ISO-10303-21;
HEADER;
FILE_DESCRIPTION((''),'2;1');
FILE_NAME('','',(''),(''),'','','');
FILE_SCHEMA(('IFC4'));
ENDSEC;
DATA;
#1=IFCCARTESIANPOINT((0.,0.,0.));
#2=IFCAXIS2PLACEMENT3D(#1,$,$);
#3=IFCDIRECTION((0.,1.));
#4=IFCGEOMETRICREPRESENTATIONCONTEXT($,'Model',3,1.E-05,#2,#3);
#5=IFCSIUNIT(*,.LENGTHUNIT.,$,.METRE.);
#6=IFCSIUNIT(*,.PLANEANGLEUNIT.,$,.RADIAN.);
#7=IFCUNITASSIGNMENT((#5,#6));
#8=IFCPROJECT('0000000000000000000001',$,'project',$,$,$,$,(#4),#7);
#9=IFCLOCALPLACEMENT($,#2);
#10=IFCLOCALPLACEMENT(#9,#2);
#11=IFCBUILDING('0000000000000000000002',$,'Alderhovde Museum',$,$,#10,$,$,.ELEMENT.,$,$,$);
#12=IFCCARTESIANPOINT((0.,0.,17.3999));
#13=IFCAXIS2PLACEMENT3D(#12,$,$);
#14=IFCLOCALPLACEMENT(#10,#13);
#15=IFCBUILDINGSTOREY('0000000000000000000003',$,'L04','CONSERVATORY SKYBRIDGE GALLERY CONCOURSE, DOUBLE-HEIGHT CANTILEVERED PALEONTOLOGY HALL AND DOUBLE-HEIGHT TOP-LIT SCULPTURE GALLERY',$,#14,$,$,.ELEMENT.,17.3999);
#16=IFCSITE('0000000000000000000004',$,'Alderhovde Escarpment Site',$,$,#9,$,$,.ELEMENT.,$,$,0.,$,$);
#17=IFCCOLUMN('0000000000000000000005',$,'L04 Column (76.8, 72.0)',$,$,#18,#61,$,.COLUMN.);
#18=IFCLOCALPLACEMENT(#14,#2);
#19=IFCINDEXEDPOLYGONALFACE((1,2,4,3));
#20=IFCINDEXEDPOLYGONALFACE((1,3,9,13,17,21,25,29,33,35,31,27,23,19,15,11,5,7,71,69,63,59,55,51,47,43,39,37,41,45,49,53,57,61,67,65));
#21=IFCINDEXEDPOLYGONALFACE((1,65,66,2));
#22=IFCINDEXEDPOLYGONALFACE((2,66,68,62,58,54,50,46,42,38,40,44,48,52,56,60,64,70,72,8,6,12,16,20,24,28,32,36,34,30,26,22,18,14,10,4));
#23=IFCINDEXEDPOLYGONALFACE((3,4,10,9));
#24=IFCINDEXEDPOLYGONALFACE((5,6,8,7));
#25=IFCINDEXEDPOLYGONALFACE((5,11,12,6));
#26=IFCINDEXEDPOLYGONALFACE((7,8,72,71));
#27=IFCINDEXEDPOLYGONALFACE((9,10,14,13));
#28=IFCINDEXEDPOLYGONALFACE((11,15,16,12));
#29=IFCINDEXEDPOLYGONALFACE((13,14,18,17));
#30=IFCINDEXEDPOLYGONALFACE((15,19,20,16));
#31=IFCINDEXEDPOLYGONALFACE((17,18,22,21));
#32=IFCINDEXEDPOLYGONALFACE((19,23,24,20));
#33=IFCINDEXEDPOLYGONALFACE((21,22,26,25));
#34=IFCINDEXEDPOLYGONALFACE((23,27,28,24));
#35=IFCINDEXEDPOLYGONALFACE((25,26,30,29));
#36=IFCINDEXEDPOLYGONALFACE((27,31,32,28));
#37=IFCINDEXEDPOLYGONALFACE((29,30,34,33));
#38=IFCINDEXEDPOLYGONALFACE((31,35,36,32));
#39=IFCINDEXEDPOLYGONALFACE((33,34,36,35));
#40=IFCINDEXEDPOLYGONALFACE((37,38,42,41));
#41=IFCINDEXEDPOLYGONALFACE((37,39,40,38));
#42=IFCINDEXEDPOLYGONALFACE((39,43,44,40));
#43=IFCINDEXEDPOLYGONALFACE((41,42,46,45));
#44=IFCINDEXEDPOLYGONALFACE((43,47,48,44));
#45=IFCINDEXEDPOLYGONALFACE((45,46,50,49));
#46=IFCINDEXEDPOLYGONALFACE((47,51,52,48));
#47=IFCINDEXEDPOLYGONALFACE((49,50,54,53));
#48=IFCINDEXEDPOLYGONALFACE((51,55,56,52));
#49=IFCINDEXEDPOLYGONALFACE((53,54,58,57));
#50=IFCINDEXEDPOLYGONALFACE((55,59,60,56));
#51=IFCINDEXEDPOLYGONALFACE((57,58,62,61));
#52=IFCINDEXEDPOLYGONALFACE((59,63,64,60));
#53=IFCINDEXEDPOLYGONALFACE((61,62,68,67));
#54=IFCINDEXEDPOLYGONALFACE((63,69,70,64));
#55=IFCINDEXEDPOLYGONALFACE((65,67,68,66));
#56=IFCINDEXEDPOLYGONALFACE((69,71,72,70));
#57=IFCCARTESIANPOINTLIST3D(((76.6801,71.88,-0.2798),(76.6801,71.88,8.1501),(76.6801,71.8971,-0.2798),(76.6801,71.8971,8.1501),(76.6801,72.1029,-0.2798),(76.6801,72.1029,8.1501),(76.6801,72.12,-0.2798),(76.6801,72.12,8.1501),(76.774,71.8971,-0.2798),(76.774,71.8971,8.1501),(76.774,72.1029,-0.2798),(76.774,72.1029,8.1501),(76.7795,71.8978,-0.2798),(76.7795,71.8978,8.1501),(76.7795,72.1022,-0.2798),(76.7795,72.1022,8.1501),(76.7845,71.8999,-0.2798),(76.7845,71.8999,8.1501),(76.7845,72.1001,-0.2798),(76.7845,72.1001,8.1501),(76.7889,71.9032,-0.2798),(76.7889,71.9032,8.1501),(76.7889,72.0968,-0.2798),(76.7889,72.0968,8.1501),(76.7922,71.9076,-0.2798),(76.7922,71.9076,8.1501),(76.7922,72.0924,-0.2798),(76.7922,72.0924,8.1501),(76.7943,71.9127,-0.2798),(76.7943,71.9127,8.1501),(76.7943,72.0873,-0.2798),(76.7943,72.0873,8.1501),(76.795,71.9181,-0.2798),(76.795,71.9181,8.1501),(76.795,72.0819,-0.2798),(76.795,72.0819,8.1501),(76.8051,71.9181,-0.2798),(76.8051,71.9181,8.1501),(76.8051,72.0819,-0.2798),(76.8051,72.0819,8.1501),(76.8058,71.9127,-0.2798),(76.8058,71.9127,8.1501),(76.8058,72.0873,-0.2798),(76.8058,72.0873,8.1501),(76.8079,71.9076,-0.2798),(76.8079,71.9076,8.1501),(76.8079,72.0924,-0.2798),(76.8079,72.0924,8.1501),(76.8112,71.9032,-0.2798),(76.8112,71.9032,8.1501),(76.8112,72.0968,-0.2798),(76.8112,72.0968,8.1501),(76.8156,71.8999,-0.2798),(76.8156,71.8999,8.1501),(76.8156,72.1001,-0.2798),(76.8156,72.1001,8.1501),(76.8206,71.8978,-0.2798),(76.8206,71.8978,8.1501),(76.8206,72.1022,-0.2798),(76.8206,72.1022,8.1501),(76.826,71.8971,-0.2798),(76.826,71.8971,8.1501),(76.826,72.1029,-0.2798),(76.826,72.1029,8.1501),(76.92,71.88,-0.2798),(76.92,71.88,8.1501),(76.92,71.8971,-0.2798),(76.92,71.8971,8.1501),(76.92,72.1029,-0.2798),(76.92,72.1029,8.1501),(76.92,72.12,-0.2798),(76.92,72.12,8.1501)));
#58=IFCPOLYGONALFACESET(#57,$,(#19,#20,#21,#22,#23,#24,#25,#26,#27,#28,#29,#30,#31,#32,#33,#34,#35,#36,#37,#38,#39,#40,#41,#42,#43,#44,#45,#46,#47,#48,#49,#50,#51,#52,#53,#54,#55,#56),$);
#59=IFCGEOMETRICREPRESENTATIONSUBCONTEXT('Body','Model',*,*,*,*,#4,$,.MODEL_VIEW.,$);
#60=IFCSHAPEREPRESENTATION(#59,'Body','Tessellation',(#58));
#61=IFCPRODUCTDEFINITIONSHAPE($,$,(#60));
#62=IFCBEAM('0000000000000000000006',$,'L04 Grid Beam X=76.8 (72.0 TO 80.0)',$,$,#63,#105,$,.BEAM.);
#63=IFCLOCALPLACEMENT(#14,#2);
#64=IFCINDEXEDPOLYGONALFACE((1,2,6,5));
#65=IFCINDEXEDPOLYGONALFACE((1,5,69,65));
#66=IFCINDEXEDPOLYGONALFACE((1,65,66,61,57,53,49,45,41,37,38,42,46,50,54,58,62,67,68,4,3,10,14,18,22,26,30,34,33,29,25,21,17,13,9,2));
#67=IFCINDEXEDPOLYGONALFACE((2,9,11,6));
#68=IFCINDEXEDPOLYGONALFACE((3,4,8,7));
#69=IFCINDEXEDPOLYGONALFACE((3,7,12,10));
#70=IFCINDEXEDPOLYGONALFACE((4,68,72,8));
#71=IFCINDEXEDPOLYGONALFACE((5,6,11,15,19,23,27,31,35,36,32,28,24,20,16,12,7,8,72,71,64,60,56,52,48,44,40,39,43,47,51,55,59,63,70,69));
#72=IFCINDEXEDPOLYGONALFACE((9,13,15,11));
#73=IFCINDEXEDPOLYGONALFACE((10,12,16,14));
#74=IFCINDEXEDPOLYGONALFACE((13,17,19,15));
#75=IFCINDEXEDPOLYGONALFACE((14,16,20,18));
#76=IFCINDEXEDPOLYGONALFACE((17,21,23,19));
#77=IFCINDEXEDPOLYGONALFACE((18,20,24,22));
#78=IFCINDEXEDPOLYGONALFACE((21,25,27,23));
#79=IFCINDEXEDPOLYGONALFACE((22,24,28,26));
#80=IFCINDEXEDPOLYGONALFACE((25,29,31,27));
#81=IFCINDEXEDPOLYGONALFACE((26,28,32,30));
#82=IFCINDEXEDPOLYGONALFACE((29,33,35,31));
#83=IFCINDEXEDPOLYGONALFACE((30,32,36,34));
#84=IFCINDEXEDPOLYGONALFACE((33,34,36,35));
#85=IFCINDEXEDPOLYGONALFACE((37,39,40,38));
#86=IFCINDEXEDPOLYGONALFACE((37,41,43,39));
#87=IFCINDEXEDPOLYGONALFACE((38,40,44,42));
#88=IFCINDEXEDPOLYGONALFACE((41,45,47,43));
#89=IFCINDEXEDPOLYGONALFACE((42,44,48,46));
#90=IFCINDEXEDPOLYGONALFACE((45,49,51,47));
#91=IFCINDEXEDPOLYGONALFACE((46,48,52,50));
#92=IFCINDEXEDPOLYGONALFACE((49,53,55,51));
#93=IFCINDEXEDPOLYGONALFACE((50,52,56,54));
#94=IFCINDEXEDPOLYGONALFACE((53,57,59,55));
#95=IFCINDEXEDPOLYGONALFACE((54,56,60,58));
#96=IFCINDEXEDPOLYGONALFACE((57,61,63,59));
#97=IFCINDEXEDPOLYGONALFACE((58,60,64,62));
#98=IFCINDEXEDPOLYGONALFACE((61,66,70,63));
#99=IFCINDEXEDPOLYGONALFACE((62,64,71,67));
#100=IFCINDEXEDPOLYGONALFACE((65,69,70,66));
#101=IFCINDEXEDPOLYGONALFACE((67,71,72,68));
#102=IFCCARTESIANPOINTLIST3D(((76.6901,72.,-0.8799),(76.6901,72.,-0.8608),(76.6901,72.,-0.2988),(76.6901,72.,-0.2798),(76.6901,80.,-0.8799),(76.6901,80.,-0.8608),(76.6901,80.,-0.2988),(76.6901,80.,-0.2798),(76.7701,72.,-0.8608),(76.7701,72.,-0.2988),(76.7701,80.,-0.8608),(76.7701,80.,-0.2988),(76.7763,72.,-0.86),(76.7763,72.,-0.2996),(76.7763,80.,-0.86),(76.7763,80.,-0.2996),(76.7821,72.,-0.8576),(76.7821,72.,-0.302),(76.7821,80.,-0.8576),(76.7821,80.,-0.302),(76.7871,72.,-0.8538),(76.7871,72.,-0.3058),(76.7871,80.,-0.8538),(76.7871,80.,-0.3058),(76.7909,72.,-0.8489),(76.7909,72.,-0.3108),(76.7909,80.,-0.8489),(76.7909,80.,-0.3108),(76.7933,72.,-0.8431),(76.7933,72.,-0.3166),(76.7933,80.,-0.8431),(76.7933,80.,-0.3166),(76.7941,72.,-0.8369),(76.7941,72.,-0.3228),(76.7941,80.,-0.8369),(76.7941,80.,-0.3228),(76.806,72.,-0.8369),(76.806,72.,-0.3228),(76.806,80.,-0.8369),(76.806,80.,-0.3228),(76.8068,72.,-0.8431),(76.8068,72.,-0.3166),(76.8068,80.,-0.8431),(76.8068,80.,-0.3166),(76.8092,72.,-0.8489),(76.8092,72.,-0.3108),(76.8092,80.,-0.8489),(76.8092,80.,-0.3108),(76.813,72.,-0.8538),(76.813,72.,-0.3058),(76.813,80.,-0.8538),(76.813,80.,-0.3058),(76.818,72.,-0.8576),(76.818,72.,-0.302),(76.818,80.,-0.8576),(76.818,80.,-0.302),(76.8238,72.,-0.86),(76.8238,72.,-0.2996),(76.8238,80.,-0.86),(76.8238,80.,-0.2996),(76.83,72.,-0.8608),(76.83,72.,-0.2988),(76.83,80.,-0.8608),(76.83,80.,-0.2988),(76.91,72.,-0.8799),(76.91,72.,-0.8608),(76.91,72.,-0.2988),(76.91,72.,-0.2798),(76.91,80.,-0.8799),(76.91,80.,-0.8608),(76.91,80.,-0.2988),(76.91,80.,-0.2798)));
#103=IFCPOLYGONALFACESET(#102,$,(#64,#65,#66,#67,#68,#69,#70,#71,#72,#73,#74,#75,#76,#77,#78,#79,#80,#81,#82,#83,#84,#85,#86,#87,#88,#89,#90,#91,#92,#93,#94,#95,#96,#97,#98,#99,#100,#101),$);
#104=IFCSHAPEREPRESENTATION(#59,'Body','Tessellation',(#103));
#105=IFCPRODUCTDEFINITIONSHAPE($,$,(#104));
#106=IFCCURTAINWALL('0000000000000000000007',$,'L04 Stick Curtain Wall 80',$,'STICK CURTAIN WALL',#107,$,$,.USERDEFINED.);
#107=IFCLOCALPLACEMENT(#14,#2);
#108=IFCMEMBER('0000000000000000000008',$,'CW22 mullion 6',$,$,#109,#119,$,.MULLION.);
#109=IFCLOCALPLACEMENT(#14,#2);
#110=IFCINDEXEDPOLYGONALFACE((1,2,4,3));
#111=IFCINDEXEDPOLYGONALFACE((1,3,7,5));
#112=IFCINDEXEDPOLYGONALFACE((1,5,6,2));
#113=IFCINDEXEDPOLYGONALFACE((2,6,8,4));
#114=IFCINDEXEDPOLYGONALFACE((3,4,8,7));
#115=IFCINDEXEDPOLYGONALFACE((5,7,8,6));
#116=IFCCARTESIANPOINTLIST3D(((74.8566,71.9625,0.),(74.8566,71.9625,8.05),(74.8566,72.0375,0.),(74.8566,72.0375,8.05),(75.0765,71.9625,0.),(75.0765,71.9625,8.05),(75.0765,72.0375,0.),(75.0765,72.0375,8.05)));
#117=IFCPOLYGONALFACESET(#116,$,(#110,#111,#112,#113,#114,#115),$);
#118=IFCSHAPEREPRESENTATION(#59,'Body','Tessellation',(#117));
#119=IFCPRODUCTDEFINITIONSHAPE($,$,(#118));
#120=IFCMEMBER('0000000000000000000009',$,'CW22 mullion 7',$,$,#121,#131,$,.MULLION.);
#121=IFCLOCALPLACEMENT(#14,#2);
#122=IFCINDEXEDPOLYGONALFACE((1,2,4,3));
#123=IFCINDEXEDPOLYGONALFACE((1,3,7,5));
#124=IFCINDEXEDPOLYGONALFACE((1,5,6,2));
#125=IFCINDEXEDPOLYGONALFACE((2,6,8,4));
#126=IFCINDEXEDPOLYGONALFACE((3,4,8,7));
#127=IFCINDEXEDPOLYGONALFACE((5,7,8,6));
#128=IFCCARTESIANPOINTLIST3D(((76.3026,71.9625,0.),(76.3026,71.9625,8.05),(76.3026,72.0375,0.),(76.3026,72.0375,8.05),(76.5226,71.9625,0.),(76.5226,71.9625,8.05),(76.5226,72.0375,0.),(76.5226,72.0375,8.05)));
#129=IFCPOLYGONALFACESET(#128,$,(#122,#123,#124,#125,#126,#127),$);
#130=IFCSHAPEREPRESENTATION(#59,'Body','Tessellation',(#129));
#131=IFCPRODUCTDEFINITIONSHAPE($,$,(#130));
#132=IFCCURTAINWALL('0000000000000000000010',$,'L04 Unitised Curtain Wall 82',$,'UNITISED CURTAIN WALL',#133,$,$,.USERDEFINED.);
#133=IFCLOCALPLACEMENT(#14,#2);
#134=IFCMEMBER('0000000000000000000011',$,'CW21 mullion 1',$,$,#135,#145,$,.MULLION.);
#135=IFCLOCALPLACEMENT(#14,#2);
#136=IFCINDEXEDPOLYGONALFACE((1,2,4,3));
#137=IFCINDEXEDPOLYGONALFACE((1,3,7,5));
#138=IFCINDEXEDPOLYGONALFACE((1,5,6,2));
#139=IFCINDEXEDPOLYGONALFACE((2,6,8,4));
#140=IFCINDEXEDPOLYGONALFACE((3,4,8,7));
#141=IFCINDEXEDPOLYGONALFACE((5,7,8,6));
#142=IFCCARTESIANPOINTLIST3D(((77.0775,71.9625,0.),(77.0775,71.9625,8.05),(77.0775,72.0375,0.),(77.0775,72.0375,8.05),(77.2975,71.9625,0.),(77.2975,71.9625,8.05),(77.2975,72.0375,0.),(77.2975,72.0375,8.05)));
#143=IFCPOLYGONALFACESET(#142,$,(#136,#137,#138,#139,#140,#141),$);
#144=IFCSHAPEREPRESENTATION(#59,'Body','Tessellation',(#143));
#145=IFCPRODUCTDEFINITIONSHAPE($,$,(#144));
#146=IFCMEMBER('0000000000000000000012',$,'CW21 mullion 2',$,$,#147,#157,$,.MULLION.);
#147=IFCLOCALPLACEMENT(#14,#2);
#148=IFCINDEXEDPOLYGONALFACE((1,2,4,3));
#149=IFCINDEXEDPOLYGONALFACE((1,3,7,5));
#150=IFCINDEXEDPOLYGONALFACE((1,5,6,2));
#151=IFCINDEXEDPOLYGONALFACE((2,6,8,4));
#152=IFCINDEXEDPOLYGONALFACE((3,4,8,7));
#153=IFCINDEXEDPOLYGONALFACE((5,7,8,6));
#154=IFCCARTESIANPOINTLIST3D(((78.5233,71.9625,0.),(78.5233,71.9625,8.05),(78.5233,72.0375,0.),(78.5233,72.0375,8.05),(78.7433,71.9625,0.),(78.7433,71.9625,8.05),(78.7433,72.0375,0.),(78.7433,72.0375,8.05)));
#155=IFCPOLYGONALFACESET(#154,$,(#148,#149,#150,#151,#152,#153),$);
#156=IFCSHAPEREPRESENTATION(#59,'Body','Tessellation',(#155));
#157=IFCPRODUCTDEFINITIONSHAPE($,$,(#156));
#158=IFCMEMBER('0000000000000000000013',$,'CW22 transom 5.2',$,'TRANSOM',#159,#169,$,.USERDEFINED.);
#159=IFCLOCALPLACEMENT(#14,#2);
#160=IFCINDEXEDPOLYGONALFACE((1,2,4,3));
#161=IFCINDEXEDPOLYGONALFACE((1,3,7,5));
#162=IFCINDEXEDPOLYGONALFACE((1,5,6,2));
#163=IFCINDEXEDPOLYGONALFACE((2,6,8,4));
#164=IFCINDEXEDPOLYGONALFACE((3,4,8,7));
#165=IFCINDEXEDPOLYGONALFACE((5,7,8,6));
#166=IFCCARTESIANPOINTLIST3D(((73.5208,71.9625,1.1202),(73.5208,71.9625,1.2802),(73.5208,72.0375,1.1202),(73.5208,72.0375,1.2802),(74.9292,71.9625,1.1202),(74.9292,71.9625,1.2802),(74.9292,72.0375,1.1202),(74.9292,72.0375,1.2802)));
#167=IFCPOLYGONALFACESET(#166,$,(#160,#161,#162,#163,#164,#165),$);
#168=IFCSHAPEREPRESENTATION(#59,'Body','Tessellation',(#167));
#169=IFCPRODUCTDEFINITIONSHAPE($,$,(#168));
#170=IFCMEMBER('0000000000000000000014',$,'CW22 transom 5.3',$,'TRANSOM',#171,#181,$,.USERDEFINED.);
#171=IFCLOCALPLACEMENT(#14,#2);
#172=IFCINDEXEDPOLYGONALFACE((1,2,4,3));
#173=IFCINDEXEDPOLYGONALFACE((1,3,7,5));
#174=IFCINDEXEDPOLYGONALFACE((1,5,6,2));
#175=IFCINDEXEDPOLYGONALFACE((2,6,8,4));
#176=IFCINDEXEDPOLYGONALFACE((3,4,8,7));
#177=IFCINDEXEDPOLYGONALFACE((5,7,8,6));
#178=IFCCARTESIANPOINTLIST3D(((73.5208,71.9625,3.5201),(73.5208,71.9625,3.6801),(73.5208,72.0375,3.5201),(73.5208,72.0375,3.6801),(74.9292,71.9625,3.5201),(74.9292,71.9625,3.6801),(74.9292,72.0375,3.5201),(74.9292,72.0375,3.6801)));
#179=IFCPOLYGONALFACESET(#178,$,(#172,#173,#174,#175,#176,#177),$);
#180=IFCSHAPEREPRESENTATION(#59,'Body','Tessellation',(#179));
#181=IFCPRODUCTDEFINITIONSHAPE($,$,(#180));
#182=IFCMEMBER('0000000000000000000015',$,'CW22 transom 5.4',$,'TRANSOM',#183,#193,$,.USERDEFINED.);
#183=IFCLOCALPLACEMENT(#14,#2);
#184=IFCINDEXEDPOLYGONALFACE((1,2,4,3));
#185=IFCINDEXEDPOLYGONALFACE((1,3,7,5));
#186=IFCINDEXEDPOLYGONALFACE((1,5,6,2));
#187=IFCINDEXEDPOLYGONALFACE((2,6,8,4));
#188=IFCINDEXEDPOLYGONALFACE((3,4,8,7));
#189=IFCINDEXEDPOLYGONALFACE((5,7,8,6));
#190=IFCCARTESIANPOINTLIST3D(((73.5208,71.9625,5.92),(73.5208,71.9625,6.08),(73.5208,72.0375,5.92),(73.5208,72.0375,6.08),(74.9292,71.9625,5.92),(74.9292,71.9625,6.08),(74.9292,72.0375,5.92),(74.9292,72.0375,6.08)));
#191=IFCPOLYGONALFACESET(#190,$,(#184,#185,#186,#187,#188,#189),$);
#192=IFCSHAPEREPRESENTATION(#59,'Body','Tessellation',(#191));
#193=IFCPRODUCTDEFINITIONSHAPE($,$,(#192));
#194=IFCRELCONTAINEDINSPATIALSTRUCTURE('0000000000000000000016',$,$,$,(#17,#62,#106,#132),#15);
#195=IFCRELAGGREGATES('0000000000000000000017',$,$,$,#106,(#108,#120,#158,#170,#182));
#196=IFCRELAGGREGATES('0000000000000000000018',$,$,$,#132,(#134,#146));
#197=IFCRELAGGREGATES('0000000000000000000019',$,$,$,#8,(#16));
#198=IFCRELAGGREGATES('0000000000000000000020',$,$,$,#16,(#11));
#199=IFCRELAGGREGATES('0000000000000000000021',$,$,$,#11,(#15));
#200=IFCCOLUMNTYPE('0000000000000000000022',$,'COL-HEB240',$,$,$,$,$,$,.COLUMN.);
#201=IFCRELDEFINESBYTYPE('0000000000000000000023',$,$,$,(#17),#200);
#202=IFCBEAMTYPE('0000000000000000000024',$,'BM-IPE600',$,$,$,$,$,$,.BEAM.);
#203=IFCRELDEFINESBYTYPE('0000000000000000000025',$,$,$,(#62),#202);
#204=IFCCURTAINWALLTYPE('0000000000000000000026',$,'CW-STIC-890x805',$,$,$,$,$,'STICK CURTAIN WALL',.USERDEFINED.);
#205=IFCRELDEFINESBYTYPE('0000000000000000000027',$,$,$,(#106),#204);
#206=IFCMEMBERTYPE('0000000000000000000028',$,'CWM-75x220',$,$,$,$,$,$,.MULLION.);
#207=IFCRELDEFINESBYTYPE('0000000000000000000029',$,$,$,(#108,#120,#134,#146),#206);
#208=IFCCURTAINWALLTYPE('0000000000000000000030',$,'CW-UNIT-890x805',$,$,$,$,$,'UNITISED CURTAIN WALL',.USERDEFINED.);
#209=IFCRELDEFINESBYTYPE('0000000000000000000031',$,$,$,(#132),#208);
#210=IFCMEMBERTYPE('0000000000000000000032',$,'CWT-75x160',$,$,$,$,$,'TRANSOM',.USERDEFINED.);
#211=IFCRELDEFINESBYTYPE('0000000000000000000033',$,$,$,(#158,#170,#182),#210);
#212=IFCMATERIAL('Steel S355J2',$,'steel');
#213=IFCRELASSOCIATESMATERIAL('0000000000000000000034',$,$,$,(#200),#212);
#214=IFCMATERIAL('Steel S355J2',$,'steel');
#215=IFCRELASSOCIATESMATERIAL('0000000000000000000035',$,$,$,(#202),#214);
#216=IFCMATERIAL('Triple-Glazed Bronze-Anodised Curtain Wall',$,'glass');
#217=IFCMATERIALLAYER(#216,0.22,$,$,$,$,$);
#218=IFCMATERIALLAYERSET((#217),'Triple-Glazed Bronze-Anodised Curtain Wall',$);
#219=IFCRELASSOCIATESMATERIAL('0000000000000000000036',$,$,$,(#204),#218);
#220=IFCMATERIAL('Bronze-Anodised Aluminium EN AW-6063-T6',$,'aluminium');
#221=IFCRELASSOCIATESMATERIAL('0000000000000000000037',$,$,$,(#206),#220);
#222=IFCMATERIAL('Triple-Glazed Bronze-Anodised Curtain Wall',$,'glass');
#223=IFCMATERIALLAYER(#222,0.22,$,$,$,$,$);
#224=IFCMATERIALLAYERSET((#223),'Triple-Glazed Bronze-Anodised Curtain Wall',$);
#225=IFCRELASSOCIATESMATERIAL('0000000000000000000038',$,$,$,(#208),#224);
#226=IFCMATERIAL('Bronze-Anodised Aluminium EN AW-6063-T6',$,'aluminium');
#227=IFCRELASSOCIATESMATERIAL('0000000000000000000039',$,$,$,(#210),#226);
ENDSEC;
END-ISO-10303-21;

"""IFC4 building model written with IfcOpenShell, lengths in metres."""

from ifc_helpers import new_model, si_unit, direction, frame, origin, origin_2d, place, context, subcontext, project, spatial, rectangle, i_section, extrude, material, layer, layer_set, material_profile, profile_set, type_object, element, aggregate, save


model = new_model("IFC4")

# Units and contexts
model_context = context("Model", 3, precision=1e-05, world=origin(), true_north=direction((0.0, 1.0)))
body_context = subcontext(model_context, "Body", "Model", "MODEL_VIEW")
ifc_project = project(units=[si_unit("LENGTHUNIT", "METRE"), si_unit("PLANEANGLEUNIT", "RADIAN")], contexts=[model_context])

# Site, building, storey
site_placement = place(None, origin())
site = spatial("IfcSite", under=ifc_project, at=site_placement, Name="Alderhovde Escarpment Site", CompositionType="ELEMENT", RefElevation=0.0)
building_placement = place(site_placement, origin())
building = spatial("IfcBuilding", under=site, at=building_placement, Name="Alderhovde Museum", CompositionType="ELEMENT")
storey_placement = place(building_placement, frame((0.0, 0.0, 17.3999)))
storey = spatial("IfcBuildingStorey", under=building, at=storey_placement, Name="L04", Description="CONSERVATORY SKYBRIDGE GALLERY CONCOURSE, DOUBLE-HEIGHT CANTILEVERED PALEONTOLOGY HALL AND DOUBLE-HEIGHT TOP-LIT SCULPTURE GALLERY", CompositionType="ELEMENT", Elevation=17.3999)

# Column
ifc_material_1 = material(Name="Steel S355J2", Category="steel")
ifc_material_profile_1 = material_profile(ifc_material_1, i_section(OverallWidth=0.24, OverallDepth=0.24, WebThickness=0.01, FlangeThickness=0.0171, FilletRadius=0.021, at=origin_2d()), Name="HEB 240")
ifc_profile_set_1 = profile_set([ifc_material_profile_1], Name="Steel S355J2")
column_type = type_object("IfcColumnType", Name="COL-HEB240", PredefinedType="COLUMN", material=ifc_profile_set_1)
column_placement = place(storey_placement, frame((76.8, 72.0, -0.2798), z_axis=(0.0, 0.0, 1.0), x_axis=(1.0, 0.0, 0.0)))
element("IfcColumn", 1, at=column_placement, inside=storey, type_object=column_type, Name="L04 Column (76.8, 72.0)", PredefinedType="COLUMN", context=body_context, shape_type="SweptSolid", body=[
    extrude(i_section(OverallWidth=0.24, OverallDepth=0.24, WebThickness=0.01, FlangeThickness=0.0171, FilletRadius=0.021, at=origin_2d()), origin(), (0.0, 0.0, 1.0), 8.4299),
])

# Beam
ifc_material_2 = material(Name="Steel S355J2", Category="steel")
ifc_material_profile_2 = material_profile(ifc_material_2, i_section(OverallWidth=0.22, OverallDepth=0.6001, WebThickness=0.012, FlangeThickness=0.019, FilletRadius=0.0239, at=origin_2d()), Name="IPE 600")
ifc_profile_set_2 = profile_set([ifc_material_profile_2], Name="Steel S355J2")
beam_type_1 = type_object("IfcBeamType", Name="BM-IPE600", PredefinedType="BEAM", material=ifc_profile_set_2)
beam_1_placement = place(storey_placement, frame((76.8, 72.0, -0.5798), z_axis=(0.0, 1.0, 0.0), x_axis=(-1.0, 0.0, 0.0)))
element("IfcBeam", 2, at=beam_1_placement, inside=storey, type_object=beam_type_1, Name="L04 Grid Beam X=76.8 (72.0 TO 80.0)", PredefinedType="BEAM", context=body_context, shape_type="SweptSolid", body=[
    extrude(i_section(OverallWidth=0.22, OverallDepth=0.6001, WebThickness=0.012, FlangeThickness=0.019, FilletRadius=0.0239, at=origin_2d()), origin(), (0.0, 0.0, 1.0), 8.0),
])

# Curtain walls, members
ifc_material_3 = material(Name="Triple-Glazed Bronze-Anodised Curtain Wall", Category="glass")
ifc_layer_1 = layer(ifc_material_3, 0.22)
ifc_layer_set_1 = layer_set([ifc_layer_1], Name="Triple-Glazed Bronze-Anodised Curtain Wall")
curtain_wall_type_1 = type_object("IfcCurtainWallType", Name="CW-STIC-890x805", ElementType="STICK CURTAIN WALL", PredefinedType="USERDEFINED", material=ifc_layer_set_1)
curtain_wall_1_placement = place(storey_placement, origin())
curtain_wall_1 = element("IfcCurtainWall", 3, at=curtain_wall_1_placement, inside=storey, type_object=curtain_wall_type_1, Name="L04 Stick Curtain Wall 80", ObjectType="STICK CURTAIN WALL", PredefinedType="USERDEFINED")
ifc_material_4 = material(Name="Bronze-Anodised Aluminium EN AW-6063-T6", Category="aluminium")
ifc_material_profile_3 = material_profile(ifc_material_4, rectangle(XDim=0.075, YDim=0.22, at=origin_2d()), Name="MULLION 75x220")
ifc_profile_set_3 = profile_set([ifc_material_profile_3], Name="Bronze-Anodised Aluminium EN AW-6063-T6")
member_type_1 = type_object("IfcMemberType", Name="CWM-75x220", PredefinedType="MULLION", material=ifc_profile_set_3)
member_1_placement = place(storey_placement, frame((74.9666, 72.0, 0.0), z_axis=(0.0, 0.0, 1.0), x_axis=(0.0, 1.0, 0.0)))
member_1 = element("IfcMember", 4, at=member_1_placement, type_object=member_type_1, Name="CW22 mullion 6", PredefinedType="MULLION", context=body_context, shape_type="SweptSolid", body=[
    extrude(rectangle(XDim=0.075, YDim=0.22, at=origin_2d()), origin(), (0.0, 0.0, 1.0), 8.05),
])
member_2_placement = place(storey_placement, frame((76.4126, 72.0, 0.0), z_axis=(0.0, 0.0, 1.0), x_axis=(0.0, 1.0, 0.0)))
member_2 = element("IfcMember", 5, at=member_2_placement, type_object=member_type_1, Name="CW22 mullion 7", PredefinedType="MULLION", context=body_context, shape_type="SweptSolid", body=[
    extrude(rectangle(XDim=0.075, YDim=0.22, at=origin_2d()), origin(), (0.0, 0.0, 1.0), 8.05),
])
ifc_material_5 = material(Name="Triple-Glazed Bronze-Anodised Curtain Wall", Category="glass")
ifc_layer_2 = layer(ifc_material_5, 0.22)
ifc_layer_set_2 = layer_set([ifc_layer_2], Name="Triple-Glazed Bronze-Anodised Curtain Wall")
curtain_wall_type_2 = type_object("IfcCurtainWallType", Name="CW-UNIT-890x805", ElementType="UNITISED CURTAIN WALL", PredefinedType="USERDEFINED", material=ifc_layer_set_2)
curtain_wall_2_placement = place(storey_placement, origin())
curtain_wall_2 = element("IfcCurtainWall", 6, at=curtain_wall_2_placement, inside=storey, type_object=curtain_wall_type_2, Name="L04 Unitised Curtain Wall 82", ObjectType="UNITISED CURTAIN WALL", PredefinedType="USERDEFINED")
member_3_placement = place(storey_placement, frame((77.1875, 72.0, 0.0), z_axis=(0.0, 0.0, 1.0), x_axis=(0.0, 1.0, 0.0)))
member_3 = element("IfcMember", 7, at=member_3_placement, type_object=member_type_1, Name="CW21 mullion 1", PredefinedType="MULLION", context=body_context, shape_type="SweptSolid", body=[
    extrude(rectangle(XDim=0.075, YDim=0.22, at=origin_2d()), origin(), (0.0, 0.0, 1.0), 8.05),
])
member_4_placement = place(storey_placement, frame((78.6333, 72.0, 0.0), z_axis=(0.0, 0.0, 1.0), x_axis=(0.0, 1.0, 0.0)))
member_4 = element("IfcMember", 8, at=member_4_placement, type_object=member_type_1, Name="CW21 mullion 2", PredefinedType="MULLION", context=body_context, shape_type="SweptSolid", body=[
    extrude(rectangle(XDim=0.075, YDim=0.22, at=origin_2d()), origin(), (0.0, 0.0, 1.0), 8.05),
])

# Members
ifc_material_6 = material(Name="Bronze-Anodised Aluminium EN AW-6063-T6", Category="aluminium")
ifc_material_profile_4 = material_profile(ifc_material_6, rectangle(XDim=0.075, YDim=0.1599, at=origin_2d()), Name="TRANSOM 75x160")
ifc_profile_set_4 = profile_set([ifc_material_profile_4], Name="Bronze-Anodised Aluminium EN AW-6063-T6")
member_type_2 = type_object("IfcMemberType", Name="CWT-75x160", ElementType="TRANSOM", PredefinedType="USERDEFINED", material=ifc_profile_set_4)
member_5_placement = place(storey_placement, frame((73.5208, 72.0, 1.2002), z_axis=(1.0, 0.0, 0.0), x_axis=(0.0, 1.0, 0.0)))
member_5 = element("IfcMember", 9, at=member_5_placement, type_object=member_type_2, Name="CW22 transom 5.2", ObjectType="TRANSOM", PredefinedType="USERDEFINED", context=body_context, shape_type="SweptSolid", body=[
    extrude(rectangle(XDim=0.075, YDim=0.1599, at=origin_2d()), origin(), (0.0, 0.0, 1.0), 1.4084),
])
member_6_placement = place(storey_placement, frame((73.5208, 72.0, 3.6001), z_axis=(1.0, 0.0, 0.0), x_axis=(0.0, 1.0, 0.0)))
member_6 = element("IfcMember", 10, at=member_6_placement, type_object=member_type_2, Name="CW22 transom 5.3", ObjectType="TRANSOM", PredefinedType="USERDEFINED", context=body_context, shape_type="SweptSolid", body=[
    extrude(rectangle(XDim=0.075, YDim=0.1599, at=origin_2d()), origin(), (0.0, 0.0, 1.0), 1.4084),
])
member_7_placement = place(storey_placement, frame((73.5208, 72.0, 6.0), z_axis=(1.0, 0.0, 0.0), x_axis=(0.0, 1.0, 0.0)))
member_7 = element("IfcMember", 11, at=member_7_placement, type_object=member_type_2, Name="CW22 transom 5.4", ObjectType="TRANSOM", PredefinedType="USERDEFINED", context=body_context, shape_type="SweptSolid", body=[
    extrude(rectangle(XDim=0.075, YDim=0.1599, at=origin_2d()), origin(), (0.0, 0.0, 1.0), 1.4084),
])

aggregate(curtain_wall_1, [member_1, member_2, member_5, member_6, member_7])
aggregate(curtain_wall_2, [member_3, member_4])

save(model, "model.ifc")
